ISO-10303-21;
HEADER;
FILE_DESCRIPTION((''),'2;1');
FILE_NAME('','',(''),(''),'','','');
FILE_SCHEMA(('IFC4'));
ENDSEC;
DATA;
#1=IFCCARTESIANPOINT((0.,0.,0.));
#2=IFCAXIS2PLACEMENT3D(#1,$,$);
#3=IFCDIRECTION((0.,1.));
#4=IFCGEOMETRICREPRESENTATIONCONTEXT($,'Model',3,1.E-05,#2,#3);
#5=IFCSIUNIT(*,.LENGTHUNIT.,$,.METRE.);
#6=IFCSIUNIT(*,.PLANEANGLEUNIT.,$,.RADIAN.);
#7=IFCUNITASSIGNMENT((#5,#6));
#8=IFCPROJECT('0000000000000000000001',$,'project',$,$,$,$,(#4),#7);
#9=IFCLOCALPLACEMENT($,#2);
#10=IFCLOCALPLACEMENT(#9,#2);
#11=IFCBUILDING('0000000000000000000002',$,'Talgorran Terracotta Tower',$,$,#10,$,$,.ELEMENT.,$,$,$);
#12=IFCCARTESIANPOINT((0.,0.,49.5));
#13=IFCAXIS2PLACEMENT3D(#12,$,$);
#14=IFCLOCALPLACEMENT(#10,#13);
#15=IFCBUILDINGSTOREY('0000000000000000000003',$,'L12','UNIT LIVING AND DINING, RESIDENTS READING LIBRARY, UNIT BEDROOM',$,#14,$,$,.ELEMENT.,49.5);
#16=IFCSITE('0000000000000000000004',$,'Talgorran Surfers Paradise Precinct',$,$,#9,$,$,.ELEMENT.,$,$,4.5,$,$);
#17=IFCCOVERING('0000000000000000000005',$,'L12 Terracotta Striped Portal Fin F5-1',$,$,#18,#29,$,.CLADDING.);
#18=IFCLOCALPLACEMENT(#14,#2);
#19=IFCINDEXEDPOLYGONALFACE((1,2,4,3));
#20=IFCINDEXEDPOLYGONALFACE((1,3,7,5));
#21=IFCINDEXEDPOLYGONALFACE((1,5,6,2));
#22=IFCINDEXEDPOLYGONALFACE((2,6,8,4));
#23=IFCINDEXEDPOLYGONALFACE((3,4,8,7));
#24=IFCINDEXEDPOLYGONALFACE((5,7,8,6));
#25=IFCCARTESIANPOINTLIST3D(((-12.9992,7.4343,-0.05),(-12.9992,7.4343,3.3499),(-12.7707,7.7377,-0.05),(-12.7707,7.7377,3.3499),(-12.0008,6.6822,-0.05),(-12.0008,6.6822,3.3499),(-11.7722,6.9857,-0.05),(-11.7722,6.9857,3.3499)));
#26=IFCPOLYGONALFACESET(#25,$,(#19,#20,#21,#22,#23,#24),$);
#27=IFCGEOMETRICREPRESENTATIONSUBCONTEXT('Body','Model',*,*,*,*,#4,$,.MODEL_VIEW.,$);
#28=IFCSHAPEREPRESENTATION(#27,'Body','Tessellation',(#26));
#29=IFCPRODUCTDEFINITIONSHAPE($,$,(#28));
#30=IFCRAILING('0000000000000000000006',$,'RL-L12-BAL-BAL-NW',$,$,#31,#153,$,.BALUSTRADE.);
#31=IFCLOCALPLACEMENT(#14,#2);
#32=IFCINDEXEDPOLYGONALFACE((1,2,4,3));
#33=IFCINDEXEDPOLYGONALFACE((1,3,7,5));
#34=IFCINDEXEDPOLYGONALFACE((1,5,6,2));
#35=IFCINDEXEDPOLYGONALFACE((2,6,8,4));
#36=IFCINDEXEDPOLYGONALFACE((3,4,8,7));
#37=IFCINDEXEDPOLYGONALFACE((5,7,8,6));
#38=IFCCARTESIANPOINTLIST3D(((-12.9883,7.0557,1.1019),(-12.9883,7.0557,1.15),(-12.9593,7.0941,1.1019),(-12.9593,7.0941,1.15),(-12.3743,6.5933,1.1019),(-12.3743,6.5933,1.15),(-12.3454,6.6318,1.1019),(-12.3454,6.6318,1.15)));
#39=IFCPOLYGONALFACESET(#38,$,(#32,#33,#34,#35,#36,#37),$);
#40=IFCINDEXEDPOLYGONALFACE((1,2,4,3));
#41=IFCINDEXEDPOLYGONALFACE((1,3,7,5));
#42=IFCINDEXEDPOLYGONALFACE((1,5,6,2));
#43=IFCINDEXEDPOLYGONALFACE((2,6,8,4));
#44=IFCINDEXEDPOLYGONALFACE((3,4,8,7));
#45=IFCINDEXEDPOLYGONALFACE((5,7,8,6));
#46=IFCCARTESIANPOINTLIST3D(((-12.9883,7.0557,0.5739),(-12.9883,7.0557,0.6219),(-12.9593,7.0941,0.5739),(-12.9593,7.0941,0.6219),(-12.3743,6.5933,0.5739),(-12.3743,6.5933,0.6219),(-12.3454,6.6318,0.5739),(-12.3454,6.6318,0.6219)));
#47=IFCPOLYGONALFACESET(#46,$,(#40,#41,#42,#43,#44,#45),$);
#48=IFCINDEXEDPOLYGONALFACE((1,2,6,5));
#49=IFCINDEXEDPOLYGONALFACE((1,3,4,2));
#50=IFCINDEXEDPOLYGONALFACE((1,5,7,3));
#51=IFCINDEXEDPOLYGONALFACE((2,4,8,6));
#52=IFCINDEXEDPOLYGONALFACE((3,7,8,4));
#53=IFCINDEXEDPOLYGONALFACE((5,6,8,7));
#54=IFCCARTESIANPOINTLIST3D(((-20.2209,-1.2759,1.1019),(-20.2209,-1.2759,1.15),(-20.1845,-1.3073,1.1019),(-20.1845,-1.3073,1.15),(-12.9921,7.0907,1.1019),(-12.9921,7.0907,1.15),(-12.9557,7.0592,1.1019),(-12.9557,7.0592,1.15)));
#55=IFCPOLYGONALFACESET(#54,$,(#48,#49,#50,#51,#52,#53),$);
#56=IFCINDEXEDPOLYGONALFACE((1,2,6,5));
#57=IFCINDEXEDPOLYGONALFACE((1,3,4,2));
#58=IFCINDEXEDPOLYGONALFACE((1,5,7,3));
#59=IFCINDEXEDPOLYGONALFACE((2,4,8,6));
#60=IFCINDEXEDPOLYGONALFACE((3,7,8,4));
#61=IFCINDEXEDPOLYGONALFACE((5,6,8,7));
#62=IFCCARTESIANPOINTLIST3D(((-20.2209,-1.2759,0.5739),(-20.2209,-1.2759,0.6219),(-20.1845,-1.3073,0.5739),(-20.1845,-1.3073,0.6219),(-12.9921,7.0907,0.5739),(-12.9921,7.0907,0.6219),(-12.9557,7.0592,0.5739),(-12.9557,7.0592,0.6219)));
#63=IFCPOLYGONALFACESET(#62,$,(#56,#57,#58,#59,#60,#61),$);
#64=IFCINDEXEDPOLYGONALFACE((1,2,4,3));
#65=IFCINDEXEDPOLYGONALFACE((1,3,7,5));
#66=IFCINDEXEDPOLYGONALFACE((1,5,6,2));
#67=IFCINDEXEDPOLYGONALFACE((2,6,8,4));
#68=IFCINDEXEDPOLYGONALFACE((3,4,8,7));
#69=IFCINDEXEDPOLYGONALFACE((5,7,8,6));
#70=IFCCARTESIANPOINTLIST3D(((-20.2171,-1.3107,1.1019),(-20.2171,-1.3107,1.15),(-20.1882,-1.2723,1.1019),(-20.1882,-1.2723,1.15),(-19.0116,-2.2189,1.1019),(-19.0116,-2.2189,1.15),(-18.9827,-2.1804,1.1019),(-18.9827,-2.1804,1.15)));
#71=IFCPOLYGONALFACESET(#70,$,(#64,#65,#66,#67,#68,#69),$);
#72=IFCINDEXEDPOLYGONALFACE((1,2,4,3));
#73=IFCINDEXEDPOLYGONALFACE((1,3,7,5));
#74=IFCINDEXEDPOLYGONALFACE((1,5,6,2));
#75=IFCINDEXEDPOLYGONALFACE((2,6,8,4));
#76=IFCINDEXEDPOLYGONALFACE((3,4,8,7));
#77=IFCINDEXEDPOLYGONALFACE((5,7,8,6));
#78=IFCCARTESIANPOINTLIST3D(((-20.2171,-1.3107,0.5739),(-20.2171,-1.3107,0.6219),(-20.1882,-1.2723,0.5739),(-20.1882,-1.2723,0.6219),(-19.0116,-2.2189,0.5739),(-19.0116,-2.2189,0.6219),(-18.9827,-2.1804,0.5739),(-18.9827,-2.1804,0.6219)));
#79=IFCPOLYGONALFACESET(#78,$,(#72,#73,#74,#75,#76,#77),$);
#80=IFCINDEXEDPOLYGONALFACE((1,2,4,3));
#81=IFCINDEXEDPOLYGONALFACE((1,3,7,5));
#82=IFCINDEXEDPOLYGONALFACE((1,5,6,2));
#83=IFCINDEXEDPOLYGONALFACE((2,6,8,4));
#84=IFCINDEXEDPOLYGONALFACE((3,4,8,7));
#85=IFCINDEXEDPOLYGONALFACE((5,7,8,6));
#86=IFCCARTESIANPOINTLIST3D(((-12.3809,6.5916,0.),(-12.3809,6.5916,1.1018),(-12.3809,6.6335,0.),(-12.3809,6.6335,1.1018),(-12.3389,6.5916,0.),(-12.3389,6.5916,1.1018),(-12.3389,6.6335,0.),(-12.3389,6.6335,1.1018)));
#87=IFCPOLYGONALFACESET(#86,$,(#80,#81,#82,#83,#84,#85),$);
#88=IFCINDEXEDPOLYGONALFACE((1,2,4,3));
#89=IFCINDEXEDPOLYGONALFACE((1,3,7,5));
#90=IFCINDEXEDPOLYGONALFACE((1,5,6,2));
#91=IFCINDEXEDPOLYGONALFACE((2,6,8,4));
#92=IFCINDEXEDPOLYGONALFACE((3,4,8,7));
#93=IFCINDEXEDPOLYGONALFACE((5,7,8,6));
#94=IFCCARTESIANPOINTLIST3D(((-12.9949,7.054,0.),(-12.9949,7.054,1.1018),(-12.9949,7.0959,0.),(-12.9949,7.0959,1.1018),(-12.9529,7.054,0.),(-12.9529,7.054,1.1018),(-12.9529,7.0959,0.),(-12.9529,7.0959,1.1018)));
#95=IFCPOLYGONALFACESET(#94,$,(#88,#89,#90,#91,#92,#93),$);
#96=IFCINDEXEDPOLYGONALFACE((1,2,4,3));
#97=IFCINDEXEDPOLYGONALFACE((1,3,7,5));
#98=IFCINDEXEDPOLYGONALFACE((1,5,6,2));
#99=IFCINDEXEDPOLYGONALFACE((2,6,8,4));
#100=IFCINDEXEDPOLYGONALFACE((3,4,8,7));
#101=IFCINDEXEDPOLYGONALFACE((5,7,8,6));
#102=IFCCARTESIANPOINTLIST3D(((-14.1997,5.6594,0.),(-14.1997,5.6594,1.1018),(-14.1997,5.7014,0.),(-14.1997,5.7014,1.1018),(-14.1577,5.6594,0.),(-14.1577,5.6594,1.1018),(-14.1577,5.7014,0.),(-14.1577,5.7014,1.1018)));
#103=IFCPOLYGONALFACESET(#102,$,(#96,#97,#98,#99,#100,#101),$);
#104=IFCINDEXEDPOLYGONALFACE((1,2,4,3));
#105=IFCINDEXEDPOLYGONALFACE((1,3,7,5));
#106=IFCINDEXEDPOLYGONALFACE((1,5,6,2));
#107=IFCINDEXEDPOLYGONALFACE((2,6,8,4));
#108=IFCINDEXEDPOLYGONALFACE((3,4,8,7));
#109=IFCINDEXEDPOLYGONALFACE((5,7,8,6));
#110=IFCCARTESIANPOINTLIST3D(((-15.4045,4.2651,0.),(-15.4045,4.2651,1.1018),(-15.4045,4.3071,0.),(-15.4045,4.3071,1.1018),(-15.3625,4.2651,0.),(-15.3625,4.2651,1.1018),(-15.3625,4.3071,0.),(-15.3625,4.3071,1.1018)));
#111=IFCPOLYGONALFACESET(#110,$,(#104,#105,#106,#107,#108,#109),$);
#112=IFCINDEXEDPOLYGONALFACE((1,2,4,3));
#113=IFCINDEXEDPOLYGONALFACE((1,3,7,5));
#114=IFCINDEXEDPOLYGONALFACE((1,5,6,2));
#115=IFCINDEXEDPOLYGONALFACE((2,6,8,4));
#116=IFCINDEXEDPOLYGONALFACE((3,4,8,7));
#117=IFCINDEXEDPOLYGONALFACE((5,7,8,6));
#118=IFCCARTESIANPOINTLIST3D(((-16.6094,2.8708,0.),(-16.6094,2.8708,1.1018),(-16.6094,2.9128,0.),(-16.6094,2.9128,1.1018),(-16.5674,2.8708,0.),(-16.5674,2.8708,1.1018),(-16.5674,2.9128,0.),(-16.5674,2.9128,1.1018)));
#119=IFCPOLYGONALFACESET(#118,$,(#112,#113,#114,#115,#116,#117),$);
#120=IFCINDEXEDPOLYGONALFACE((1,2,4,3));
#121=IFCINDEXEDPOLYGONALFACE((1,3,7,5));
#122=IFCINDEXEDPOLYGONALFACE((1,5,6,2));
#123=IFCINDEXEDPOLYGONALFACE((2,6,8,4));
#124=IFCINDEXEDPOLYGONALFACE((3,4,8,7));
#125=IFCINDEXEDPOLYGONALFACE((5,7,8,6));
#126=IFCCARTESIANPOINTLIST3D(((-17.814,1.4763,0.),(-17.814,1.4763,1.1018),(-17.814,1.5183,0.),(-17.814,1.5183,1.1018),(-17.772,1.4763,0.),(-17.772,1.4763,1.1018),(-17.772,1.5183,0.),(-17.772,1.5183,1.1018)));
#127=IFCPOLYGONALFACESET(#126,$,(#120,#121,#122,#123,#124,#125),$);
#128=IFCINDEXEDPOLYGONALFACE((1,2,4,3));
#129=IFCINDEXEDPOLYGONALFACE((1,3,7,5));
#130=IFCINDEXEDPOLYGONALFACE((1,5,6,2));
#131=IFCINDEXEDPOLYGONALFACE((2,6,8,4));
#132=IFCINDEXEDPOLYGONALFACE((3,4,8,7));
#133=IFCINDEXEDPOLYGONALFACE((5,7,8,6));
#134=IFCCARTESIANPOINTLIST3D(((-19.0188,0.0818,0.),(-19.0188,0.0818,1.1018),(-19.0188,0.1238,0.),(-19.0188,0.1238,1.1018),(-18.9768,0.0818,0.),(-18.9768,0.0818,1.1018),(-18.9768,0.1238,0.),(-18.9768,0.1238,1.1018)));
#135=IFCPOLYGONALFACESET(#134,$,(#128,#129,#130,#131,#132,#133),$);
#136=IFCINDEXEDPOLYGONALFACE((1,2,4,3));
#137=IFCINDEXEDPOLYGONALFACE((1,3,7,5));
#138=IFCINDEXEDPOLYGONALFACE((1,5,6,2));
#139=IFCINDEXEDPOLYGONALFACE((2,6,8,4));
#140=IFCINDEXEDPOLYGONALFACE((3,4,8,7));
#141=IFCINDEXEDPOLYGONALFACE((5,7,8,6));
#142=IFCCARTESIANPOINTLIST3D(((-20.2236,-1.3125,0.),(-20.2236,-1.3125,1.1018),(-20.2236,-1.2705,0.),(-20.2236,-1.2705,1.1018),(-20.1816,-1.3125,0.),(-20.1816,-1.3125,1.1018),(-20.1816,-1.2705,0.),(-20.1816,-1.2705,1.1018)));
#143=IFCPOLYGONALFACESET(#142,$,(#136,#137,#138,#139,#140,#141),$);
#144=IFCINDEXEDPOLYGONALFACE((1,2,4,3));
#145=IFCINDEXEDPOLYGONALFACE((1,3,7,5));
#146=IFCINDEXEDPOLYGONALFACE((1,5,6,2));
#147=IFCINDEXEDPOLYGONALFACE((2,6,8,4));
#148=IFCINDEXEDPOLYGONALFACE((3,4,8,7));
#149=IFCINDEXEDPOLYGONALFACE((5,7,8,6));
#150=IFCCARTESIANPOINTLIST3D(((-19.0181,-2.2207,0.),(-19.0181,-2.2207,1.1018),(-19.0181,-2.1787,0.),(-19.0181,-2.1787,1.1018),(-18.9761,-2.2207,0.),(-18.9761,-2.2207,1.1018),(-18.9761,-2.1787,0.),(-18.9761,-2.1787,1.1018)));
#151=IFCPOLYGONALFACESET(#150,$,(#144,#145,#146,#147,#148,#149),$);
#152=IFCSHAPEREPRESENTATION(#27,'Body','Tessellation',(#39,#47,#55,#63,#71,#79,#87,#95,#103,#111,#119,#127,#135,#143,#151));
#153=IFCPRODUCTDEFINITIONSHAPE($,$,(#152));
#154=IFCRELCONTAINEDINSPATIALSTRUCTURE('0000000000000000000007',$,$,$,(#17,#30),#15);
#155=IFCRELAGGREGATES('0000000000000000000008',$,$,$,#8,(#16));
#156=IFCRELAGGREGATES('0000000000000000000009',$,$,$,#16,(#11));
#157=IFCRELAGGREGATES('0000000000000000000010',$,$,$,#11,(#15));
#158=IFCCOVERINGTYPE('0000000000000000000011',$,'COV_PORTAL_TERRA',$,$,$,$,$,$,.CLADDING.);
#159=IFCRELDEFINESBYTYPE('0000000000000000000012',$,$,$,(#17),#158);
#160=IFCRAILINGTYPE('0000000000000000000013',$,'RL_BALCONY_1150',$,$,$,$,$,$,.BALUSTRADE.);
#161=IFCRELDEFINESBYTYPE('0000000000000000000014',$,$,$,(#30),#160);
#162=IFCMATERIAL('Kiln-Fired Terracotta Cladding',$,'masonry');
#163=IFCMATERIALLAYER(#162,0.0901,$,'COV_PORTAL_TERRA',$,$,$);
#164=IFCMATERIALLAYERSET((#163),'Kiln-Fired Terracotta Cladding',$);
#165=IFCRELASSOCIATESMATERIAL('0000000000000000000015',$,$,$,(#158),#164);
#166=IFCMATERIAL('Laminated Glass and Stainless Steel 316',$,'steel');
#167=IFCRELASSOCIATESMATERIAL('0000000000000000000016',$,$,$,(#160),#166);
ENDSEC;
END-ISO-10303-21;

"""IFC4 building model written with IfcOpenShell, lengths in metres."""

from ifc_helpers import new_model, si_unit, direction, frame, origin, origin_2d, place, context, subcontext, project, spatial, rectangle, extrude, material, layer, layer_set, type_object, element, save


model = new_model("IFC4")

# Units and contexts
model_context = context("Model", 3, precision=1e-05, world=origin(), true_north=direction((0.0, 1.0)))
body_context = subcontext(model_context, "Body", "Model", "MODEL_VIEW")
ifc_project = project(units=[si_unit("LENGTHUNIT", "METRE"), si_unit("PLANEANGLEUNIT", "RADIAN")], contexts=[model_context])

# Site, building, storey
site_placement = place(None, origin())
site = spatial("IfcSite", under=ifc_project, at=site_placement, Name="Talgorran Surfers Paradise Precinct", CompositionType="ELEMENT", RefElevation=4.5)
building_placement = place(site_placement, origin())
building = spatial("IfcBuilding", under=site, at=building_placement, Name="Talgorran Terracotta Tower", CompositionType="ELEMENT")
storey_placement = place(building_placement, frame((0.0, 0.0, 49.5)))
storey = spatial("IfcBuildingStorey", under=building, at=storey_placement, Name="L12", Description="UNIT LIVING AND DINING, RESIDENTS READING LIBRARY, UNIT BEDROOM", CompositionType="ELEMENT", Elevation=49.5)

# Covering
ifc_material_1 = material(Name="Kiln-Fired Terracotta Cladding", Category="masonry")
ifc_layer_1 = layer(ifc_material_1, 0.0901, Name="COV_PORTAL_TERRA")
ifc_layer_set_1 = layer_set([ifc_layer_1], Name="Kiln-Fired Terracotta Cladding")
covering_type_1 = type_object("IfcCoveringType", Name="COV_PORTAL_TERRA", PredefinedType="CLADDING", material=ifc_layer_set_1)
covering_1_placement = place(storey_placement, frame((-12.3857, 7.21, -0.05), z_axis=(0.0, 0.0, 1.0), x_axis=(-0.601634, -0.798772, 0.0)))
element("IfcCovering", 1, at=covering_1_placement, inside=storey, type_object=covering_type_1, Name="L12 Terracotta Striped Portal Fin F5-1", PredefinedType="CLADDING", context=body_context, shape_type="SweptSolid", body=[
    extrude(rectangle(XDim=0.3799, YDim=1.25, at=origin_2d()), origin(), (0.0, 0.0, 1.0), 3.3999),
])

# Railing
ifc_material_2 = material(Name="Laminated Glass and Stainless Steel 316", Category="steel")
railing_type = type_object("IfcRailingType", Name="RL_BALCONY_1150", PredefinedType="BALUSTRADE", material=ifc_material_2)
railing_placement = place(storey_placement, frame((-12.3599, 6.6125, 0.0)))
element("IfcRailing", 2, at=railing_placement, inside=storey, type_object=railing_type, Name="RL-L12-BAL-BAL-NW", PredefinedType="BALUSTRADE", context=body_context, shape_type="SweptSolid", body=[
    extrude(rectangle(XDim=0.0481, YDim=0.0481, at=origin_2d()), frame((0.0, 0.0, 1.126), z_axis=(-0.798817, 0.601574, 0.0), x_axis=(-0.601574, -0.798817, 0.0)), (0.0, 0.0, 1.0), 0.7686),
    extrude(rectangle(XDim=0.0481, YDim=0.0481, at=origin_2d()), frame((0.0, 0.0, 0.5979), z_axis=(-0.798817, 0.601574, 0.0), x_axis=(-0.601574, -0.798817, 0.0)), (0.0, 0.0, 1.0), 0.7686),
    extrude(rectangle(XDim=0.0481, YDim=0.0481, at=origin_2d()), frame((-0.614, 0.4624, 1.126), z_axis=(-0.653785, -0.75668, 0.0), x_axis=(0.75668, -0.653785, 0.0)), (0.0, 0.0, 1.0), 11.0569),
    extrude(rectangle(XDim=0.0481, YDim=0.0481, at=origin_2d()), frame((-0.614, 0.4624, 0.5979), z_axis=(-0.653785, -0.75668, 0.0), x_axis=(0.75668, -0.653785, 0.0)), (0.0, 0.0, 1.0), 11.0569),
    extrude(rectangle(XDim=0.0481, YDim=0.0481, at=origin_2d()), frame((-7.8428, -7.9041, 1.126), z_axis=(0.798717, -0.601707, 0.0), x_axis=(0.601707, 0.798717, 0.0)), (0.0, 0.0, 1.0), 1.5093),
    extrude(rectangle(XDim=0.0481, YDim=0.0481, at=origin_2d()), frame((-7.8428, -7.9041, 0.5979), z_axis=(0.798717, -0.601707, 0.0), x_axis=(0.601707, 0.798717, 0.0)), (0.0, 0.0, 1.0), 1.5093),
    extrude(rectangle(XDim=0.042, YDim=0.042, at=origin_2d()), origin(), (0.0, 0.0, 1.0), 1.1018),
    extrude(rectangle(XDim=0.042, YDim=0.042, at=origin_2d()), frame((-0.614, 0.4624, 0.0)), (0.0, 0.0, 1.0), 1.1018),
    extrude(rectangle(XDim=0.042, YDim=0.042, at=origin_2d()), frame((-1.8188, -0.9321, 0.0)), (0.0, 0.0, 1.0), 1.1018),
    extrude(rectangle(XDim=0.042, YDim=0.042, at=origin_2d()), frame((-3.0237, -2.3264, 0.0)), (0.0, 0.0, 1.0), 1.1018),
    extrude(rectangle(XDim=0.042, YDim=0.042, at=origin_2d()), frame((-4.2285, -3.7207, 0.0)), (0.0, 0.0, 1.0), 1.1018),
    extrude(rectangle(XDim=0.042, YDim=0.042, at=origin_2d()), frame((-5.4331, -5.1152, 0.0)), (0.0, 0.0, 1.0), 1.1018),
    extrude(rectangle(XDim=0.042, YDim=0.042, at=origin_2d()), frame((-6.6379, -6.5098, 0.0)), (0.0, 0.0, 1.0), 1.1018),
    extrude(rectangle(XDim=0.042, YDim=0.042, at=origin_2d()), frame((-7.8428, -7.9041, 0.0)), (0.0, 0.0, 1.0), 1.1018),
    extrude(rectangle(XDim=0.042, YDim=0.042, at=origin_2d()), frame((-6.6372, -8.8123, 0.0)), (0.0, 0.0, 1.0), 1.1018),
])

save(model, "model.ifc")
